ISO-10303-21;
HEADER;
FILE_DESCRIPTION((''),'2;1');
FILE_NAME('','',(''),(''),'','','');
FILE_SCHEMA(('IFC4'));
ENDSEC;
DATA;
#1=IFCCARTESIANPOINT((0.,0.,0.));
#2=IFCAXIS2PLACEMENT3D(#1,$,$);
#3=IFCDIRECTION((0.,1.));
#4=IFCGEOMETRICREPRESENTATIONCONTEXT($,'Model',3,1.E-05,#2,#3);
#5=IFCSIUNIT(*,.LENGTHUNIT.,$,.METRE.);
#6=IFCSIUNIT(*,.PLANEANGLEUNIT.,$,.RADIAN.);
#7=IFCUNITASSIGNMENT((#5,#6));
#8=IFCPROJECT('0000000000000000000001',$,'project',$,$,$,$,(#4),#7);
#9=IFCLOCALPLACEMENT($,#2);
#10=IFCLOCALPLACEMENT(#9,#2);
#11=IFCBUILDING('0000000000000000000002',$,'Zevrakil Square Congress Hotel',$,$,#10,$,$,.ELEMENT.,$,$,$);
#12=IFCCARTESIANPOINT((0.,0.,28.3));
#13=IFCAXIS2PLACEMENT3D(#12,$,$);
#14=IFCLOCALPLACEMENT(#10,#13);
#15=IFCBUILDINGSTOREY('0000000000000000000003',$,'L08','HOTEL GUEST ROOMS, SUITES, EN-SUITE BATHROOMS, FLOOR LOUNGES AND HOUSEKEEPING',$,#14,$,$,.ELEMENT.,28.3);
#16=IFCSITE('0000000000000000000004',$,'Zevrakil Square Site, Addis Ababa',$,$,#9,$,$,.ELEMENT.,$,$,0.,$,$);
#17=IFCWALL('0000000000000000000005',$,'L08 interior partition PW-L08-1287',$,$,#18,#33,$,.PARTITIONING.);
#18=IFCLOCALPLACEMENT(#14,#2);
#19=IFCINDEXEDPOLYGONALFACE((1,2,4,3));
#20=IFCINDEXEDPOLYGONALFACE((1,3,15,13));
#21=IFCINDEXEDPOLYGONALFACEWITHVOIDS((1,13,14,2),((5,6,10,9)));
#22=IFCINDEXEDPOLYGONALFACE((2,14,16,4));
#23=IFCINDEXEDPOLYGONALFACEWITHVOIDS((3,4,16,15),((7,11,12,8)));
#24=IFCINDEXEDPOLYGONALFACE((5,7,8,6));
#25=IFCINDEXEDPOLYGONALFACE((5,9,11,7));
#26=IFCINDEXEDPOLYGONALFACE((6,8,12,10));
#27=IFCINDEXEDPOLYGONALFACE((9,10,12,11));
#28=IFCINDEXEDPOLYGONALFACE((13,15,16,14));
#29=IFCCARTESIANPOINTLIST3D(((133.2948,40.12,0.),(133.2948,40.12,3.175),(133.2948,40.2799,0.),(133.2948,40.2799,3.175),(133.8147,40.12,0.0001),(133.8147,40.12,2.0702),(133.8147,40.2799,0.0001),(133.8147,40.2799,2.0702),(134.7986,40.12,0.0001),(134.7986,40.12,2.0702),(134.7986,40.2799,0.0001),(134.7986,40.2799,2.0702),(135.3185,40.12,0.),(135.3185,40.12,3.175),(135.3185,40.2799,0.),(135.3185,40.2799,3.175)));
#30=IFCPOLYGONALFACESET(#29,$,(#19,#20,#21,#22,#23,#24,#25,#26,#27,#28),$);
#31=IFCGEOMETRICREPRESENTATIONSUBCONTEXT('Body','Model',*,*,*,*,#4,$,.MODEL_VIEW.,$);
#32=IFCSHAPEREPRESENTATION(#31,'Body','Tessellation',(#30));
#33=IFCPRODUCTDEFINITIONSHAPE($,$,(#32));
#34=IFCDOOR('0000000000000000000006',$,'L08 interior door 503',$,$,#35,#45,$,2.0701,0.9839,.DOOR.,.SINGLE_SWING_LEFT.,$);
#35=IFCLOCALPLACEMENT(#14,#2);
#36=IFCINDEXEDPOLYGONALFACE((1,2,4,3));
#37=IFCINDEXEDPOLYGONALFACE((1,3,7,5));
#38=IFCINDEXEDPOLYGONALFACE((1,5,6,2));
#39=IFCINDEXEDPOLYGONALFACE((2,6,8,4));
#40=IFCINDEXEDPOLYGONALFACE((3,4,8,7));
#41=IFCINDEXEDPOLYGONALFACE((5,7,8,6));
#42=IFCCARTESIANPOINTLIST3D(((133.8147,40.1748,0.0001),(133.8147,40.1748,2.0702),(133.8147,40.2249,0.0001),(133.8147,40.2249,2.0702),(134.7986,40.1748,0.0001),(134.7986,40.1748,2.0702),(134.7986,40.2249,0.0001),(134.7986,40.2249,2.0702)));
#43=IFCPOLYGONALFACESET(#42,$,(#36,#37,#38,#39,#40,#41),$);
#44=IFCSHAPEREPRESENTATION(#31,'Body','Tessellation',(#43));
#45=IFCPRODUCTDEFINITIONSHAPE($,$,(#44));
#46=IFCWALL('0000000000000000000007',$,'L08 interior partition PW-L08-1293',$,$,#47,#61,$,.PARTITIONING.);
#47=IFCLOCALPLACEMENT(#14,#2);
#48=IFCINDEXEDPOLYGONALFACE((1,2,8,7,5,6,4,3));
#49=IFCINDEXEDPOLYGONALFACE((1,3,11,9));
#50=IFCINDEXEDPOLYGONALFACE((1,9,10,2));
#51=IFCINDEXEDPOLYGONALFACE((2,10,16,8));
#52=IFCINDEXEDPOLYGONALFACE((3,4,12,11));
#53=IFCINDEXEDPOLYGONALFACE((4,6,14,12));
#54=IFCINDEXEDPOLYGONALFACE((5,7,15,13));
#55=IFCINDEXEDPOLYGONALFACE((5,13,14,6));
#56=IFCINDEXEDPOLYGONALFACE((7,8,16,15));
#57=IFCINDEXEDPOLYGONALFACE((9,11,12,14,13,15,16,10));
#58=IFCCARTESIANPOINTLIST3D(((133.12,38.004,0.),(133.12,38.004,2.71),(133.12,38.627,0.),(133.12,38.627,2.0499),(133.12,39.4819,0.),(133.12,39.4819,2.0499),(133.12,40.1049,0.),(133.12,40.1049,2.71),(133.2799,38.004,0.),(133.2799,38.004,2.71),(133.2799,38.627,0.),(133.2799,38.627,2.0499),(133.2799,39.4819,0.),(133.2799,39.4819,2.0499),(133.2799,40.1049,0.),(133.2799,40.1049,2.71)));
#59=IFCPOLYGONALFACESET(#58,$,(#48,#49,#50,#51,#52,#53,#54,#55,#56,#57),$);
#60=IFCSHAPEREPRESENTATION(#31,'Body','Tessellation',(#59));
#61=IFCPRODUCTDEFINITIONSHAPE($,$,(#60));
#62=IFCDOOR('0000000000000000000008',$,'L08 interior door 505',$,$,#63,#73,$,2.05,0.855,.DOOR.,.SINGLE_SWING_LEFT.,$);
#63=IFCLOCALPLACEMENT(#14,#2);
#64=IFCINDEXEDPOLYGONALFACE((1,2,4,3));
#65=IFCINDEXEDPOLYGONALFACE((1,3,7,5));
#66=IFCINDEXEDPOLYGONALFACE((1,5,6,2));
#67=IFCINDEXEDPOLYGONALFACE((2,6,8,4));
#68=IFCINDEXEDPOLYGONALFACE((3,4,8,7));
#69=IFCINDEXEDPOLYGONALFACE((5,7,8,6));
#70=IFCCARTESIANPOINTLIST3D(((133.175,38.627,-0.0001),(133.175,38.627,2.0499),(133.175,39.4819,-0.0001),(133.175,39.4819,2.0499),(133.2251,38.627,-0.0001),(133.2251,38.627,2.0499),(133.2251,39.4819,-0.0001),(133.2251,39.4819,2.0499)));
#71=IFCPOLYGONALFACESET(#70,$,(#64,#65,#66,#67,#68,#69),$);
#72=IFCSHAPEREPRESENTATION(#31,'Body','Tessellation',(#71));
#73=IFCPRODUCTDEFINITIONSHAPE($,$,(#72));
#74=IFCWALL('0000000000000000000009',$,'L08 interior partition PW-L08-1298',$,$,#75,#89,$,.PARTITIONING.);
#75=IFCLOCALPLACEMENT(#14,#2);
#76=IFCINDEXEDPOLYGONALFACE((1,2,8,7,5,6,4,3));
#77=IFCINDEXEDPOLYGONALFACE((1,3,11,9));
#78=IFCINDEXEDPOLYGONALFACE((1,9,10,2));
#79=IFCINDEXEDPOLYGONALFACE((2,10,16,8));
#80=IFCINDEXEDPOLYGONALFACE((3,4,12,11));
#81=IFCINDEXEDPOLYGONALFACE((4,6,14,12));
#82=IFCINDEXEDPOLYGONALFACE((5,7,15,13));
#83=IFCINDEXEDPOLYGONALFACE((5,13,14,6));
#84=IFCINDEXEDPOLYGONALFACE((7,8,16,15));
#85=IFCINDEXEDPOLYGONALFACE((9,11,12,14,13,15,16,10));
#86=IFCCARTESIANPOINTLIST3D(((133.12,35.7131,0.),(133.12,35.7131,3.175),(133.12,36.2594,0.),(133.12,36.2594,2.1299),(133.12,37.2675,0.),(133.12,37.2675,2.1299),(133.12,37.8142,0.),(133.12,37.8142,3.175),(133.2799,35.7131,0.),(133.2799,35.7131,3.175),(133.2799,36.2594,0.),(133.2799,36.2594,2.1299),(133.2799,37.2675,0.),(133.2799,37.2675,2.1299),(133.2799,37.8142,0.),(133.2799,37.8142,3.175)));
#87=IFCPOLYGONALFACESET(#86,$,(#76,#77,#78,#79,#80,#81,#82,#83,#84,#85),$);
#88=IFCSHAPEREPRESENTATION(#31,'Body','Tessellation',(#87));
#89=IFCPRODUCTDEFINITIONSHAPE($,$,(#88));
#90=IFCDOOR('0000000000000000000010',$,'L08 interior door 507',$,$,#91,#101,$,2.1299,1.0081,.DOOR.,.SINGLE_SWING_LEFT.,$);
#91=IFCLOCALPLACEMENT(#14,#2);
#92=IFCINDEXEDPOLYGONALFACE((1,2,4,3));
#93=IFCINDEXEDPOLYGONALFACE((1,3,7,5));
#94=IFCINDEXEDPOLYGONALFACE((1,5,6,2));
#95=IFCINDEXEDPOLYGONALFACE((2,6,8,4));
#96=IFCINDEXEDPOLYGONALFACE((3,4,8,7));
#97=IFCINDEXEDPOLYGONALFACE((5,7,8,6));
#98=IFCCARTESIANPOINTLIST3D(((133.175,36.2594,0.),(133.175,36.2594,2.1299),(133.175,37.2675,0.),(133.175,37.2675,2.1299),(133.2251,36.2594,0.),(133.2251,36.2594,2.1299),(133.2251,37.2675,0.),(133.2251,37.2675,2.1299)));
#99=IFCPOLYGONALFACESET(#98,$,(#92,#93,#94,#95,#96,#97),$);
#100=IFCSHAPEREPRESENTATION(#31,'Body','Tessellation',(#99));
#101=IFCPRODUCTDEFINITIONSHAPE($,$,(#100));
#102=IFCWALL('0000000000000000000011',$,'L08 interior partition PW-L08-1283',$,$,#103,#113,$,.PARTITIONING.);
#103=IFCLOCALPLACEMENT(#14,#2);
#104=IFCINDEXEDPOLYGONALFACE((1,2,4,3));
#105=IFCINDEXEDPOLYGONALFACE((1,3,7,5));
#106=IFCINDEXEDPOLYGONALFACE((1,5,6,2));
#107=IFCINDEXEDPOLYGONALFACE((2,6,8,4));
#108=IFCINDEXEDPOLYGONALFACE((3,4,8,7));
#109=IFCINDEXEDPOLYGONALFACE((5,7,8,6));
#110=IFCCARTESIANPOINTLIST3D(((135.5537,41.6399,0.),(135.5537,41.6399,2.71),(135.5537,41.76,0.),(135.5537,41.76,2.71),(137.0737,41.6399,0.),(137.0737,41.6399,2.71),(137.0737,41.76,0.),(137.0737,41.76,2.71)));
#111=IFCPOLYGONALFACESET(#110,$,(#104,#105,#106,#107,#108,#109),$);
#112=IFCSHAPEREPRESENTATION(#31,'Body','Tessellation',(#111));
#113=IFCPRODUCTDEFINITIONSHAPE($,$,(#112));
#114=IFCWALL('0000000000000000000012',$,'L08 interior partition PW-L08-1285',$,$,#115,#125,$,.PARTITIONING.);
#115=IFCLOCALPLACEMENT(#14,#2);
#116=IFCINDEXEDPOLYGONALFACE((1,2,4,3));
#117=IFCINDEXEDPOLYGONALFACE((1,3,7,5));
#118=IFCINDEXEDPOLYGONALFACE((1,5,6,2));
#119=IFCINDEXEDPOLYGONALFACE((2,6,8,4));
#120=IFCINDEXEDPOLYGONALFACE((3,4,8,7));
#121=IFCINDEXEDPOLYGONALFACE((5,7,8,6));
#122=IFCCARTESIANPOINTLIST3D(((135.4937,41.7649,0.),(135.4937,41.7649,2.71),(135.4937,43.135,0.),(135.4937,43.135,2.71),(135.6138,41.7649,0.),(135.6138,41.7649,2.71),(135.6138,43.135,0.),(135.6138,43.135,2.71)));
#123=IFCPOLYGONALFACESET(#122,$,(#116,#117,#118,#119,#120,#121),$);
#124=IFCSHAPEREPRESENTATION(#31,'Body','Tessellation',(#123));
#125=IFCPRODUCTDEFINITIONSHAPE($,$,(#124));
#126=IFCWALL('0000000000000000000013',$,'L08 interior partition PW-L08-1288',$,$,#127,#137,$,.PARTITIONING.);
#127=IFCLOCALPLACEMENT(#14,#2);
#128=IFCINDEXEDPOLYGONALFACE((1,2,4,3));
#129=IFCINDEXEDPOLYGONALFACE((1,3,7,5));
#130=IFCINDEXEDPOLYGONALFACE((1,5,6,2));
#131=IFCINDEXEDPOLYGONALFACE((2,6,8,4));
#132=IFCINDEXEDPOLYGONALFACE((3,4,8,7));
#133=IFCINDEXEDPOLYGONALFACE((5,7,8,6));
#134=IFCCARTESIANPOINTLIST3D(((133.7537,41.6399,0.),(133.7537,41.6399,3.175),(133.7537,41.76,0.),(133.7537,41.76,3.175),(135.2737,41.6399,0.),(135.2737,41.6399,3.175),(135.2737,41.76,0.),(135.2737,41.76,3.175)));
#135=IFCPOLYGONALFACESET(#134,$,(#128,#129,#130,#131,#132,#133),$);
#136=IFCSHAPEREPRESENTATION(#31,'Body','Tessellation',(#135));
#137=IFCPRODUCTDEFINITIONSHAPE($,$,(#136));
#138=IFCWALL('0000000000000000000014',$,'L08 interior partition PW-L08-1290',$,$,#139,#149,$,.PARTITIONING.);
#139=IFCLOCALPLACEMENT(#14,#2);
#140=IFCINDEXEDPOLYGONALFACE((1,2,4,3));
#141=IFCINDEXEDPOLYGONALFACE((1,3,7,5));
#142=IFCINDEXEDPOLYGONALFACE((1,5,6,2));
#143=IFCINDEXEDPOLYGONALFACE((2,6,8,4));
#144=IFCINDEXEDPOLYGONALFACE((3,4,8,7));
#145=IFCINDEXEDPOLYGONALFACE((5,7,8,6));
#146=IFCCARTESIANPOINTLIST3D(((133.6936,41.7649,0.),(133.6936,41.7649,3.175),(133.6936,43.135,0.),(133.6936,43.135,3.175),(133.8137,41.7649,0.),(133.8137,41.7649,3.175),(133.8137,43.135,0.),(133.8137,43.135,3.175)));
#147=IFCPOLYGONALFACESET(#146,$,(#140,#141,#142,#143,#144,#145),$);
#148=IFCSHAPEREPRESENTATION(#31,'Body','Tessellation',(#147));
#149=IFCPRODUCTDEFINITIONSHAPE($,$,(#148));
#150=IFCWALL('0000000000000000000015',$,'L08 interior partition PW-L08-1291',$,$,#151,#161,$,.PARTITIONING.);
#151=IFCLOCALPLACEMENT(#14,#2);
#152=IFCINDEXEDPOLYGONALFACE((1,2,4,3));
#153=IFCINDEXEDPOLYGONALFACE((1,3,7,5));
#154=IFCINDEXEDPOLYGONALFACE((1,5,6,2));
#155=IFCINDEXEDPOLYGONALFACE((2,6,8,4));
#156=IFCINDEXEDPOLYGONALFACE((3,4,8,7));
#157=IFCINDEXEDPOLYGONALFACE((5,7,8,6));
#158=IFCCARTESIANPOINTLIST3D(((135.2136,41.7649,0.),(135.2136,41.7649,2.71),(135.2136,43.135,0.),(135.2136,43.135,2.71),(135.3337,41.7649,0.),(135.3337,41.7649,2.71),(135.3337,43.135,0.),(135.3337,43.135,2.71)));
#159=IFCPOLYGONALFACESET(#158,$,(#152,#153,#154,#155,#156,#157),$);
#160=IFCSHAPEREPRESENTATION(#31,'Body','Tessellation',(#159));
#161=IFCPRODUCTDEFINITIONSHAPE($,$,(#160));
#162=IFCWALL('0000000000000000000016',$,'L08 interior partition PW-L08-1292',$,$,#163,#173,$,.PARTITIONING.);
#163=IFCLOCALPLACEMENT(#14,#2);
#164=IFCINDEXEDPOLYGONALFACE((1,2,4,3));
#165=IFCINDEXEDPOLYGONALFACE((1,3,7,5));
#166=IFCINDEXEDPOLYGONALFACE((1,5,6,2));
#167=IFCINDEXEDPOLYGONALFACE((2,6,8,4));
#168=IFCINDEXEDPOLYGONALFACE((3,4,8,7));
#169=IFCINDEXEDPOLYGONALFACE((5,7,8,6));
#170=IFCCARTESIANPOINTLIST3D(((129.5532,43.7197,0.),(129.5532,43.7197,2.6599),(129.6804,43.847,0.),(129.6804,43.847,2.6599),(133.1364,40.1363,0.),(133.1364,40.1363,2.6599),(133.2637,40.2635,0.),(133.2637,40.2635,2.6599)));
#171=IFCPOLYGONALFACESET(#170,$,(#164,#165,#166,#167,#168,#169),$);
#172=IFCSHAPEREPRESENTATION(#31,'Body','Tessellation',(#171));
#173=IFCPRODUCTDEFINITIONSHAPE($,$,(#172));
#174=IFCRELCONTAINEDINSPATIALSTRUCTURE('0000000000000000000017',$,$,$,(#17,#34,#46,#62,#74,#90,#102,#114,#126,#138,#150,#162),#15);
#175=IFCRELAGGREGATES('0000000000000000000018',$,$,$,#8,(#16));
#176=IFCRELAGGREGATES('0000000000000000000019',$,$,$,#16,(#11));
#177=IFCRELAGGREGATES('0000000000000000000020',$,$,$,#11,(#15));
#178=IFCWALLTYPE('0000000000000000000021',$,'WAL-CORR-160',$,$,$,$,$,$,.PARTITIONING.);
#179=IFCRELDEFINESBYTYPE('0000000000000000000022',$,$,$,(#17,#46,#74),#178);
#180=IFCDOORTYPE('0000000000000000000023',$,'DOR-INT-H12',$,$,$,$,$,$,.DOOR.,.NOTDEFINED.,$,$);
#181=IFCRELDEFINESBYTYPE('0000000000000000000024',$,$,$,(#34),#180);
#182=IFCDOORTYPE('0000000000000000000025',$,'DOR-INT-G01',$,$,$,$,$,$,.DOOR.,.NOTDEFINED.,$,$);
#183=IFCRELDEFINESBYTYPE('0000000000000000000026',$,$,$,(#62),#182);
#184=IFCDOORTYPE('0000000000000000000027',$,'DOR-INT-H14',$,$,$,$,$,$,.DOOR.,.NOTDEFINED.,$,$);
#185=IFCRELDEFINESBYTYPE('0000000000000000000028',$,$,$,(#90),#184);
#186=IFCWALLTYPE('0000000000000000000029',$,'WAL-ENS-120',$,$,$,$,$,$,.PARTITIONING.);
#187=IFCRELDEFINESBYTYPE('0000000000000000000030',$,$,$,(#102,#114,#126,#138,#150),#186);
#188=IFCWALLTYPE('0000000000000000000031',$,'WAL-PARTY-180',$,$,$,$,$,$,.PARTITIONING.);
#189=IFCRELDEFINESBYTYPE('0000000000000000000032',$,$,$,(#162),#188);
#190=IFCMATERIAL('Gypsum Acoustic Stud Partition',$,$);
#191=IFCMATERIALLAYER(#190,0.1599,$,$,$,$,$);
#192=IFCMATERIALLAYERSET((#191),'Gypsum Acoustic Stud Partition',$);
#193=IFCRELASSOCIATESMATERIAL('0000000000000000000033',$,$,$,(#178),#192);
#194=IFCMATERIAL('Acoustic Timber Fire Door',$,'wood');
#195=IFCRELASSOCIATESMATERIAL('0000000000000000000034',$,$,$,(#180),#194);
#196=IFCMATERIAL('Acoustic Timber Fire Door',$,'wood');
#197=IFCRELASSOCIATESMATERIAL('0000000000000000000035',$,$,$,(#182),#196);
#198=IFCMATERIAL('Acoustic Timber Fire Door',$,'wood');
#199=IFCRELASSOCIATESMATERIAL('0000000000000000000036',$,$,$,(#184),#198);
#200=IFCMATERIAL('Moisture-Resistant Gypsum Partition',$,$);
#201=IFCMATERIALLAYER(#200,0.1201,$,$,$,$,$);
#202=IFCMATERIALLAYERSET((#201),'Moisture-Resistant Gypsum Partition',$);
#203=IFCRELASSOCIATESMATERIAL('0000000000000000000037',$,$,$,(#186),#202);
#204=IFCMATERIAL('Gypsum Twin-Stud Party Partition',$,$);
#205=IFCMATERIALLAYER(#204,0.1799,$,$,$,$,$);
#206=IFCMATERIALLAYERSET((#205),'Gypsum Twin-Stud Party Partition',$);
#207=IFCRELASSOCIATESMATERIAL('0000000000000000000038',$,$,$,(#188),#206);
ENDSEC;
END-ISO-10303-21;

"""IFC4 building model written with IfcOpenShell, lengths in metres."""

from ifc_helpers import new_model, si_unit, direction, frame, frame_2d, origin, place, context, subcontext, project, spatial, rectangle, extrude, material, layer, layer_set, type_object, element, fill, save


model = new_model("IFC4")

# Units and contexts
model_context = context("Model", 3, precision=1e-05, world=origin(), true_north=direction((0.0, 1.0)))
body_context = subcontext(model_context, "Body", "Model", "MODEL_VIEW")
ifc_project = project(units=[si_unit("LENGTHUNIT", "METRE"), si_unit("PLANEANGLEUNIT", "RADIAN")], contexts=[model_context])

# Site, building, storey
site_placement = place(None, origin())
site = spatial("IfcSite", under=ifc_project, at=site_placement, Name="Zevrakil Square Site, Addis Ababa", CompositionType="ELEMENT", RefElevation=0.0)
building_placement = place(site_placement, origin())
building = spatial("IfcBuilding", under=site, at=building_placement, Name="Zevrakil Square Congress Hotel", CompositionType="ELEMENT")
storey_placement = place(building_placement, frame((0.0, 0.0, 28.3)))
storey = spatial("IfcBuildingStorey", under=building, at=storey_placement, Name="L08", Description="HOTEL GUEST ROOMS, SUITES, EN-SUITE BATHROOMS, FLOOR LOUNGES AND HOUSEKEEPING", CompositionType="ELEMENT", Elevation=28.3)

# Walls, openings, doors
ifc_material_1 = material(Name="Gypsum Acoustic Stud Partition")
ifc_layer_1 = layer(ifc_material_1, 0.1599)
ifc_layer_set_1 = layer_set([ifc_layer_1], Name="Gypsum Acoustic Stud Partition")
wall_type_1 = type_object("IfcWallType", Name="WAL-CORR-160", PredefinedType="PARTITIONING", material=ifc_layer_set_1)
wall_1_placement = place(storey_placement, frame((133.2949, 40.2, 0.0), z_axis=(0.0, 0.0, 1.0), x_axis=(1.0, 0.0, 0.0)))
wall_1 = element("IfcWall", 1, at=wall_1_placement, inside=storey, type_object=wall_type_1, Name="L08 interior partition PW-L08-1287", PredefinedType="PARTITIONING", context=body_context, shape_type="SweptSolid", body=[
    extrude(rectangle(XDim=2.0237, YDim=0.1599, at=frame_2d((1.0117, 0.0))), origin(), (0.0, 0.0, 1.0), 3.175),
])
opening_1_placement = place(wall_1_placement, frame((0.5198, 0.0, 0.0)))
opening_1 = element("IfcOpeningElement", 2, at=opening_1_placement, cuts=wall_1, PredefinedType="OPENING", context=body_context, shape_type="SweptSolid", body=[
    extrude(rectangle(XDim=0.9839, YDim=2.0701, at=frame_2d((0.4919, 1.0352))), frame((0.0, 0.0898, 0.0), z_axis=(0.0, -1.0, 0.0), x_axis=(1.0, 0.0, 0.0)), (0.0, 0.0, 1.0), 0.1799),
])
ifc_material_2 = material(Name="Acoustic Timber Fire Door", Category="wood")
door_type_1 = type_object("IfcDoorType", Name="DOR-INT-H12", OperationType="NOTDEFINED", PredefinedType="DOOR", material=ifc_material_2)
door_1_placement = place(opening_1_placement, origin())
door_1 = element("IfcDoor", 3, at=door_1_placement, inside=storey, type_object=door_type_1, Name="L08 interior door 503", OperationType="SINGLE_SWING_LEFT", OverallHeight=2.0701, OverallWidth=0.9839, PredefinedType="DOOR", context=body_context, shape_type="SweptSolid", body=[
    extrude(rectangle(XDim=0.9839, YDim=2.0701, at=frame_2d((0.4919, 1.0352))), frame((0.0, 0.0249, 0.0), z_axis=(0.0, -1.0, 0.0), x_axis=(1.0, 0.0, 0.0)), (0.0, 0.0, 1.0), 0.05),
])
fill(opening_1, door_1)
wall_2_placement = place(storey_placement, frame((133.2, 38.0042, 0.0), z_axis=(0.0, 0.0, 1.0), x_axis=(0.0, 1.0, 0.0)))
wall_2 = element("IfcWall", 4, at=wall_2_placement, inside=storey, type_object=wall_type_1, Name="L08 interior partition PW-L08-1293", PredefinedType="PARTITIONING", context=body_context, shape_type="SweptSolid", body=[
    extrude(rectangle(XDim=2.1008, YDim=0.1599, at=frame_2d((1.0503, 0.0))), origin(), (0.0, 0.0, 1.0), 2.71),
])
opening_2_placement = place(wall_2_placement, frame((0.6228, 0.0, 0.0)))
opening_2 = element("IfcOpeningElement", 5, at=opening_2_placement, cuts=wall_2, PredefinedType="OPENING", context=body_context, shape_type="SweptSolid", body=[
    extrude(rectangle(XDim=0.855, YDim=2.05, at=frame_2d((0.4275, 1.0249))), frame((0.0, 0.0898, 0.0), z_axis=(0.0, -1.0, 0.0), x_axis=(1.0, 0.0, 0.0)), (0.0, 0.0, 1.0), 0.1799),
])
ifc_material_3 = material(Name="Acoustic Timber Fire Door", Category="wood")
door_type_2 = type_object("IfcDoorType", Name="DOR-INT-G01", OperationType="NOTDEFINED", PredefinedType="DOOR", material=ifc_material_3)
door_2_placement = place(opening_2_placement, origin())
door_2 = element("IfcDoor", 6, at=door_2_placement, inside=storey, type_object=door_type_2, Name="L08 interior door 505", OperationType="SINGLE_SWING_LEFT", OverallHeight=2.05, OverallWidth=0.855, PredefinedType="DOOR", context=body_context, shape_type="SweptSolid", body=[
    extrude(rectangle(XDim=0.855, YDim=2.05, at=frame_2d((0.4275, 1.0249))), frame((0.0, 0.0249, 0.0), z_axis=(0.0, -1.0, 0.0), x_axis=(1.0, 0.0, 0.0)), (0.0, 0.0, 1.0), 0.05),
])
fill(opening_2, door_2)
wall_3_placement = place(storey_placement, frame((133.2, 35.7131, 0.0), z_axis=(0.0, 0.0, 1.0), x_axis=(0.0, 1.0, 0.0)))
wall_3 = element("IfcWall", 7, at=wall_3_placement, inside=storey, type_object=wall_type_1, Name="L08 interior partition PW-L08-1298", PredefinedType="PARTITIONING", context=body_context, shape_type="SweptSolid", body=[
    extrude(rectangle(XDim=2.1011, YDim=0.1599, at=frame_2d((1.0505, 0.0))), origin(), (0.0, 0.0, 1.0), 3.175),
])
opening_3_placement = place(wall_3_placement, frame((0.5464, 0.0, 0.0)))
opening_3 = element("IfcOpeningElement", 8, at=opening_3_placement, cuts=wall_3, PredefinedType="OPENING", context=body_context, shape_type="SweptSolid", body=[
    extrude(rectangle(XDim=1.0081, YDim=2.1299, at=frame_2d((0.5039, 1.0649))), frame((0.0, 0.0898, 0.0), z_axis=(0.0, -1.0, 0.0), x_axis=(1.0, 0.0, 0.0)), (0.0, 0.0, 1.0), 0.1799),
])
ifc_material_4 = material(Name="Acoustic Timber Fire Door", Category="wood")
door_type_3 = type_object("IfcDoorType", Name="DOR-INT-H14", OperationType="NOTDEFINED", PredefinedType="DOOR", material=ifc_material_4)
door_3_placement = place(opening_3_placement, origin())
door_3 = element("IfcDoor", 9, at=door_3_placement, inside=storey, type_object=door_type_3, Name="L08 interior door 507", OperationType="SINGLE_SWING_LEFT", OverallHeight=2.1299, OverallWidth=1.0081, PredefinedType="DOOR", context=body_context, shape_type="SweptSolid", body=[
    extrude(rectangle(XDim=1.0081, YDim=2.1299, at=frame_2d((0.5039, 1.0649))), frame((0.0, 0.0249, 0.0), z_axis=(0.0, -1.0, 0.0), x_axis=(1.0, 0.0, 0.0)), (0.0, 0.0, 1.0), 0.05),
])
fill(opening_3, door_3)

# Walls
ifc_material_5 = material(Name="Moisture-Resistant Gypsum Partition")
ifc_layer_2 = layer(ifc_material_5, 0.1201)
ifc_layer_set_2 = layer_set([ifc_layer_2], Name="Moisture-Resistant Gypsum Partition")
wall_type_2 = type_object("IfcWallType", Name="WAL-ENS-120", PredefinedType="PARTITIONING", material=ifc_layer_set_2)
wall_4_placement = place(storey_placement, frame((135.5537, 41.7, 0.0), z_axis=(0.0, 0.0, 1.0), x_axis=(1.0, 0.0, 0.0)))
element("IfcWall", 10, at=wall_4_placement, inside=storey, type_object=wall_type_2, Name="L08 interior partition PW-L08-1283", PredefinedType="PARTITIONING", context=body_context, shape_type="SweptSolid", body=[
    extrude(rectangle(XDim=1.52, YDim=0.1201, at=frame_2d((0.76, 0.0))), origin(), (0.0, 0.0, 1.0), 2.71),
])
wall_5_placement = place(storey_placement, frame((135.5537, 41.7649, 0.0), z_axis=(0.0, 0.0, 1.0), x_axis=(0.0, 1.0, 0.0)))
element("IfcWall", 11, at=wall_5_placement, inside=storey, type_object=wall_type_2, Name="L08 interior partition PW-L08-1285", PredefinedType="PARTITIONING", context=body_context, shape_type="SweptSolid", body=[
    extrude(rectangle(XDim=1.3701, YDim=0.1201, at=frame_2d((0.6851, 0.0))), origin(), (0.0, 0.0, 1.0), 2.71),
])
wall_6_placement = place(storey_placement, frame((133.7537, 41.7, 0.0), z_axis=(0.0, 0.0, 1.0), x_axis=(1.0, 0.0, 0.0)))
element("IfcWall", 12, at=wall_6_placement, inside=storey, type_object=wall_type_2, Name="L08 interior partition PW-L08-1288", PredefinedType="PARTITIONING", context=body_context, shape_type="SweptSolid", body=[
    extrude(rectangle(XDim=1.52, YDim=0.1201, at=frame_2d((0.76, 0.0))), origin(), (0.0, 0.0, 1.0), 3.175),
])
wall_7_placement = place(storey_placement, frame((133.7537, 41.7649, 0.0), z_axis=(0.0, 0.0, 1.0), x_axis=(0.0, 1.0, 0.0)))
element("IfcWall", 13, at=wall_7_placement, inside=storey, type_object=wall_type_2, Name="L08 interior partition PW-L08-1290", PredefinedType="PARTITIONING", context=body_context, shape_type="SweptSolid", body=[
    extrude(rectangle(XDim=1.3701, YDim=0.1201, at=frame_2d((0.6851, 0.0))), origin(), (0.0, 0.0, 1.0), 3.175),
])
wall_8_placement = place(storey_placement, frame((135.2737, 41.7649, 0.0), z_axis=(0.0, 0.0, 1.0), x_axis=(0.0, 1.0, 0.0)))
element("IfcWall", 14, at=wall_8_placement, inside=storey, type_object=wall_type_2, Name="L08 interior partition PW-L08-1291", PredefinedType="PARTITIONING", context=body_context, shape_type="SweptSolid", body=[
    extrude(rectangle(XDim=1.3701, YDim=0.1201, at=frame_2d((0.6851, 0.0))), origin(), (0.0, 0.0, 1.0), 2.71),
])
ifc_material_6 = material(Name="Gypsum Twin-Stud Party Partition")
ifc_layer_3 = layer(ifc_material_6, 0.1799)
ifc_layer_set_3 = layer_set([ifc_layer_3], Name="Gypsum Twin-Stud Party Partition")
wall_type_3 = type_object("IfcWallType", Name="WAL-PARTY-180", PredefinedType="PARTITIONING", material=ifc_layer_set_3)
wall_9_placement = place(storey_placement, frame((133.2, 40.2, 0.0), z_axis=(0.0, 0.0, 1.0), x_axis=(-0.707083, 0.707131, 0.0)))
element("IfcWall", 15, at=wall_9_placement, inside=storey, type_object=wall_type_3, Name="L08 interior partition PW-L08-1292", PredefinedType="PARTITIONING", context=body_context, shape_type="SweptSolid", body=[
    extrude(rectangle(XDim=5.0676, YDim=0.1799, at=frame_2d((2.5337, 0.0))), origin(), (0.0, 0.0, 1.0), 2.6599),
])

save(model, "model.ifc")
